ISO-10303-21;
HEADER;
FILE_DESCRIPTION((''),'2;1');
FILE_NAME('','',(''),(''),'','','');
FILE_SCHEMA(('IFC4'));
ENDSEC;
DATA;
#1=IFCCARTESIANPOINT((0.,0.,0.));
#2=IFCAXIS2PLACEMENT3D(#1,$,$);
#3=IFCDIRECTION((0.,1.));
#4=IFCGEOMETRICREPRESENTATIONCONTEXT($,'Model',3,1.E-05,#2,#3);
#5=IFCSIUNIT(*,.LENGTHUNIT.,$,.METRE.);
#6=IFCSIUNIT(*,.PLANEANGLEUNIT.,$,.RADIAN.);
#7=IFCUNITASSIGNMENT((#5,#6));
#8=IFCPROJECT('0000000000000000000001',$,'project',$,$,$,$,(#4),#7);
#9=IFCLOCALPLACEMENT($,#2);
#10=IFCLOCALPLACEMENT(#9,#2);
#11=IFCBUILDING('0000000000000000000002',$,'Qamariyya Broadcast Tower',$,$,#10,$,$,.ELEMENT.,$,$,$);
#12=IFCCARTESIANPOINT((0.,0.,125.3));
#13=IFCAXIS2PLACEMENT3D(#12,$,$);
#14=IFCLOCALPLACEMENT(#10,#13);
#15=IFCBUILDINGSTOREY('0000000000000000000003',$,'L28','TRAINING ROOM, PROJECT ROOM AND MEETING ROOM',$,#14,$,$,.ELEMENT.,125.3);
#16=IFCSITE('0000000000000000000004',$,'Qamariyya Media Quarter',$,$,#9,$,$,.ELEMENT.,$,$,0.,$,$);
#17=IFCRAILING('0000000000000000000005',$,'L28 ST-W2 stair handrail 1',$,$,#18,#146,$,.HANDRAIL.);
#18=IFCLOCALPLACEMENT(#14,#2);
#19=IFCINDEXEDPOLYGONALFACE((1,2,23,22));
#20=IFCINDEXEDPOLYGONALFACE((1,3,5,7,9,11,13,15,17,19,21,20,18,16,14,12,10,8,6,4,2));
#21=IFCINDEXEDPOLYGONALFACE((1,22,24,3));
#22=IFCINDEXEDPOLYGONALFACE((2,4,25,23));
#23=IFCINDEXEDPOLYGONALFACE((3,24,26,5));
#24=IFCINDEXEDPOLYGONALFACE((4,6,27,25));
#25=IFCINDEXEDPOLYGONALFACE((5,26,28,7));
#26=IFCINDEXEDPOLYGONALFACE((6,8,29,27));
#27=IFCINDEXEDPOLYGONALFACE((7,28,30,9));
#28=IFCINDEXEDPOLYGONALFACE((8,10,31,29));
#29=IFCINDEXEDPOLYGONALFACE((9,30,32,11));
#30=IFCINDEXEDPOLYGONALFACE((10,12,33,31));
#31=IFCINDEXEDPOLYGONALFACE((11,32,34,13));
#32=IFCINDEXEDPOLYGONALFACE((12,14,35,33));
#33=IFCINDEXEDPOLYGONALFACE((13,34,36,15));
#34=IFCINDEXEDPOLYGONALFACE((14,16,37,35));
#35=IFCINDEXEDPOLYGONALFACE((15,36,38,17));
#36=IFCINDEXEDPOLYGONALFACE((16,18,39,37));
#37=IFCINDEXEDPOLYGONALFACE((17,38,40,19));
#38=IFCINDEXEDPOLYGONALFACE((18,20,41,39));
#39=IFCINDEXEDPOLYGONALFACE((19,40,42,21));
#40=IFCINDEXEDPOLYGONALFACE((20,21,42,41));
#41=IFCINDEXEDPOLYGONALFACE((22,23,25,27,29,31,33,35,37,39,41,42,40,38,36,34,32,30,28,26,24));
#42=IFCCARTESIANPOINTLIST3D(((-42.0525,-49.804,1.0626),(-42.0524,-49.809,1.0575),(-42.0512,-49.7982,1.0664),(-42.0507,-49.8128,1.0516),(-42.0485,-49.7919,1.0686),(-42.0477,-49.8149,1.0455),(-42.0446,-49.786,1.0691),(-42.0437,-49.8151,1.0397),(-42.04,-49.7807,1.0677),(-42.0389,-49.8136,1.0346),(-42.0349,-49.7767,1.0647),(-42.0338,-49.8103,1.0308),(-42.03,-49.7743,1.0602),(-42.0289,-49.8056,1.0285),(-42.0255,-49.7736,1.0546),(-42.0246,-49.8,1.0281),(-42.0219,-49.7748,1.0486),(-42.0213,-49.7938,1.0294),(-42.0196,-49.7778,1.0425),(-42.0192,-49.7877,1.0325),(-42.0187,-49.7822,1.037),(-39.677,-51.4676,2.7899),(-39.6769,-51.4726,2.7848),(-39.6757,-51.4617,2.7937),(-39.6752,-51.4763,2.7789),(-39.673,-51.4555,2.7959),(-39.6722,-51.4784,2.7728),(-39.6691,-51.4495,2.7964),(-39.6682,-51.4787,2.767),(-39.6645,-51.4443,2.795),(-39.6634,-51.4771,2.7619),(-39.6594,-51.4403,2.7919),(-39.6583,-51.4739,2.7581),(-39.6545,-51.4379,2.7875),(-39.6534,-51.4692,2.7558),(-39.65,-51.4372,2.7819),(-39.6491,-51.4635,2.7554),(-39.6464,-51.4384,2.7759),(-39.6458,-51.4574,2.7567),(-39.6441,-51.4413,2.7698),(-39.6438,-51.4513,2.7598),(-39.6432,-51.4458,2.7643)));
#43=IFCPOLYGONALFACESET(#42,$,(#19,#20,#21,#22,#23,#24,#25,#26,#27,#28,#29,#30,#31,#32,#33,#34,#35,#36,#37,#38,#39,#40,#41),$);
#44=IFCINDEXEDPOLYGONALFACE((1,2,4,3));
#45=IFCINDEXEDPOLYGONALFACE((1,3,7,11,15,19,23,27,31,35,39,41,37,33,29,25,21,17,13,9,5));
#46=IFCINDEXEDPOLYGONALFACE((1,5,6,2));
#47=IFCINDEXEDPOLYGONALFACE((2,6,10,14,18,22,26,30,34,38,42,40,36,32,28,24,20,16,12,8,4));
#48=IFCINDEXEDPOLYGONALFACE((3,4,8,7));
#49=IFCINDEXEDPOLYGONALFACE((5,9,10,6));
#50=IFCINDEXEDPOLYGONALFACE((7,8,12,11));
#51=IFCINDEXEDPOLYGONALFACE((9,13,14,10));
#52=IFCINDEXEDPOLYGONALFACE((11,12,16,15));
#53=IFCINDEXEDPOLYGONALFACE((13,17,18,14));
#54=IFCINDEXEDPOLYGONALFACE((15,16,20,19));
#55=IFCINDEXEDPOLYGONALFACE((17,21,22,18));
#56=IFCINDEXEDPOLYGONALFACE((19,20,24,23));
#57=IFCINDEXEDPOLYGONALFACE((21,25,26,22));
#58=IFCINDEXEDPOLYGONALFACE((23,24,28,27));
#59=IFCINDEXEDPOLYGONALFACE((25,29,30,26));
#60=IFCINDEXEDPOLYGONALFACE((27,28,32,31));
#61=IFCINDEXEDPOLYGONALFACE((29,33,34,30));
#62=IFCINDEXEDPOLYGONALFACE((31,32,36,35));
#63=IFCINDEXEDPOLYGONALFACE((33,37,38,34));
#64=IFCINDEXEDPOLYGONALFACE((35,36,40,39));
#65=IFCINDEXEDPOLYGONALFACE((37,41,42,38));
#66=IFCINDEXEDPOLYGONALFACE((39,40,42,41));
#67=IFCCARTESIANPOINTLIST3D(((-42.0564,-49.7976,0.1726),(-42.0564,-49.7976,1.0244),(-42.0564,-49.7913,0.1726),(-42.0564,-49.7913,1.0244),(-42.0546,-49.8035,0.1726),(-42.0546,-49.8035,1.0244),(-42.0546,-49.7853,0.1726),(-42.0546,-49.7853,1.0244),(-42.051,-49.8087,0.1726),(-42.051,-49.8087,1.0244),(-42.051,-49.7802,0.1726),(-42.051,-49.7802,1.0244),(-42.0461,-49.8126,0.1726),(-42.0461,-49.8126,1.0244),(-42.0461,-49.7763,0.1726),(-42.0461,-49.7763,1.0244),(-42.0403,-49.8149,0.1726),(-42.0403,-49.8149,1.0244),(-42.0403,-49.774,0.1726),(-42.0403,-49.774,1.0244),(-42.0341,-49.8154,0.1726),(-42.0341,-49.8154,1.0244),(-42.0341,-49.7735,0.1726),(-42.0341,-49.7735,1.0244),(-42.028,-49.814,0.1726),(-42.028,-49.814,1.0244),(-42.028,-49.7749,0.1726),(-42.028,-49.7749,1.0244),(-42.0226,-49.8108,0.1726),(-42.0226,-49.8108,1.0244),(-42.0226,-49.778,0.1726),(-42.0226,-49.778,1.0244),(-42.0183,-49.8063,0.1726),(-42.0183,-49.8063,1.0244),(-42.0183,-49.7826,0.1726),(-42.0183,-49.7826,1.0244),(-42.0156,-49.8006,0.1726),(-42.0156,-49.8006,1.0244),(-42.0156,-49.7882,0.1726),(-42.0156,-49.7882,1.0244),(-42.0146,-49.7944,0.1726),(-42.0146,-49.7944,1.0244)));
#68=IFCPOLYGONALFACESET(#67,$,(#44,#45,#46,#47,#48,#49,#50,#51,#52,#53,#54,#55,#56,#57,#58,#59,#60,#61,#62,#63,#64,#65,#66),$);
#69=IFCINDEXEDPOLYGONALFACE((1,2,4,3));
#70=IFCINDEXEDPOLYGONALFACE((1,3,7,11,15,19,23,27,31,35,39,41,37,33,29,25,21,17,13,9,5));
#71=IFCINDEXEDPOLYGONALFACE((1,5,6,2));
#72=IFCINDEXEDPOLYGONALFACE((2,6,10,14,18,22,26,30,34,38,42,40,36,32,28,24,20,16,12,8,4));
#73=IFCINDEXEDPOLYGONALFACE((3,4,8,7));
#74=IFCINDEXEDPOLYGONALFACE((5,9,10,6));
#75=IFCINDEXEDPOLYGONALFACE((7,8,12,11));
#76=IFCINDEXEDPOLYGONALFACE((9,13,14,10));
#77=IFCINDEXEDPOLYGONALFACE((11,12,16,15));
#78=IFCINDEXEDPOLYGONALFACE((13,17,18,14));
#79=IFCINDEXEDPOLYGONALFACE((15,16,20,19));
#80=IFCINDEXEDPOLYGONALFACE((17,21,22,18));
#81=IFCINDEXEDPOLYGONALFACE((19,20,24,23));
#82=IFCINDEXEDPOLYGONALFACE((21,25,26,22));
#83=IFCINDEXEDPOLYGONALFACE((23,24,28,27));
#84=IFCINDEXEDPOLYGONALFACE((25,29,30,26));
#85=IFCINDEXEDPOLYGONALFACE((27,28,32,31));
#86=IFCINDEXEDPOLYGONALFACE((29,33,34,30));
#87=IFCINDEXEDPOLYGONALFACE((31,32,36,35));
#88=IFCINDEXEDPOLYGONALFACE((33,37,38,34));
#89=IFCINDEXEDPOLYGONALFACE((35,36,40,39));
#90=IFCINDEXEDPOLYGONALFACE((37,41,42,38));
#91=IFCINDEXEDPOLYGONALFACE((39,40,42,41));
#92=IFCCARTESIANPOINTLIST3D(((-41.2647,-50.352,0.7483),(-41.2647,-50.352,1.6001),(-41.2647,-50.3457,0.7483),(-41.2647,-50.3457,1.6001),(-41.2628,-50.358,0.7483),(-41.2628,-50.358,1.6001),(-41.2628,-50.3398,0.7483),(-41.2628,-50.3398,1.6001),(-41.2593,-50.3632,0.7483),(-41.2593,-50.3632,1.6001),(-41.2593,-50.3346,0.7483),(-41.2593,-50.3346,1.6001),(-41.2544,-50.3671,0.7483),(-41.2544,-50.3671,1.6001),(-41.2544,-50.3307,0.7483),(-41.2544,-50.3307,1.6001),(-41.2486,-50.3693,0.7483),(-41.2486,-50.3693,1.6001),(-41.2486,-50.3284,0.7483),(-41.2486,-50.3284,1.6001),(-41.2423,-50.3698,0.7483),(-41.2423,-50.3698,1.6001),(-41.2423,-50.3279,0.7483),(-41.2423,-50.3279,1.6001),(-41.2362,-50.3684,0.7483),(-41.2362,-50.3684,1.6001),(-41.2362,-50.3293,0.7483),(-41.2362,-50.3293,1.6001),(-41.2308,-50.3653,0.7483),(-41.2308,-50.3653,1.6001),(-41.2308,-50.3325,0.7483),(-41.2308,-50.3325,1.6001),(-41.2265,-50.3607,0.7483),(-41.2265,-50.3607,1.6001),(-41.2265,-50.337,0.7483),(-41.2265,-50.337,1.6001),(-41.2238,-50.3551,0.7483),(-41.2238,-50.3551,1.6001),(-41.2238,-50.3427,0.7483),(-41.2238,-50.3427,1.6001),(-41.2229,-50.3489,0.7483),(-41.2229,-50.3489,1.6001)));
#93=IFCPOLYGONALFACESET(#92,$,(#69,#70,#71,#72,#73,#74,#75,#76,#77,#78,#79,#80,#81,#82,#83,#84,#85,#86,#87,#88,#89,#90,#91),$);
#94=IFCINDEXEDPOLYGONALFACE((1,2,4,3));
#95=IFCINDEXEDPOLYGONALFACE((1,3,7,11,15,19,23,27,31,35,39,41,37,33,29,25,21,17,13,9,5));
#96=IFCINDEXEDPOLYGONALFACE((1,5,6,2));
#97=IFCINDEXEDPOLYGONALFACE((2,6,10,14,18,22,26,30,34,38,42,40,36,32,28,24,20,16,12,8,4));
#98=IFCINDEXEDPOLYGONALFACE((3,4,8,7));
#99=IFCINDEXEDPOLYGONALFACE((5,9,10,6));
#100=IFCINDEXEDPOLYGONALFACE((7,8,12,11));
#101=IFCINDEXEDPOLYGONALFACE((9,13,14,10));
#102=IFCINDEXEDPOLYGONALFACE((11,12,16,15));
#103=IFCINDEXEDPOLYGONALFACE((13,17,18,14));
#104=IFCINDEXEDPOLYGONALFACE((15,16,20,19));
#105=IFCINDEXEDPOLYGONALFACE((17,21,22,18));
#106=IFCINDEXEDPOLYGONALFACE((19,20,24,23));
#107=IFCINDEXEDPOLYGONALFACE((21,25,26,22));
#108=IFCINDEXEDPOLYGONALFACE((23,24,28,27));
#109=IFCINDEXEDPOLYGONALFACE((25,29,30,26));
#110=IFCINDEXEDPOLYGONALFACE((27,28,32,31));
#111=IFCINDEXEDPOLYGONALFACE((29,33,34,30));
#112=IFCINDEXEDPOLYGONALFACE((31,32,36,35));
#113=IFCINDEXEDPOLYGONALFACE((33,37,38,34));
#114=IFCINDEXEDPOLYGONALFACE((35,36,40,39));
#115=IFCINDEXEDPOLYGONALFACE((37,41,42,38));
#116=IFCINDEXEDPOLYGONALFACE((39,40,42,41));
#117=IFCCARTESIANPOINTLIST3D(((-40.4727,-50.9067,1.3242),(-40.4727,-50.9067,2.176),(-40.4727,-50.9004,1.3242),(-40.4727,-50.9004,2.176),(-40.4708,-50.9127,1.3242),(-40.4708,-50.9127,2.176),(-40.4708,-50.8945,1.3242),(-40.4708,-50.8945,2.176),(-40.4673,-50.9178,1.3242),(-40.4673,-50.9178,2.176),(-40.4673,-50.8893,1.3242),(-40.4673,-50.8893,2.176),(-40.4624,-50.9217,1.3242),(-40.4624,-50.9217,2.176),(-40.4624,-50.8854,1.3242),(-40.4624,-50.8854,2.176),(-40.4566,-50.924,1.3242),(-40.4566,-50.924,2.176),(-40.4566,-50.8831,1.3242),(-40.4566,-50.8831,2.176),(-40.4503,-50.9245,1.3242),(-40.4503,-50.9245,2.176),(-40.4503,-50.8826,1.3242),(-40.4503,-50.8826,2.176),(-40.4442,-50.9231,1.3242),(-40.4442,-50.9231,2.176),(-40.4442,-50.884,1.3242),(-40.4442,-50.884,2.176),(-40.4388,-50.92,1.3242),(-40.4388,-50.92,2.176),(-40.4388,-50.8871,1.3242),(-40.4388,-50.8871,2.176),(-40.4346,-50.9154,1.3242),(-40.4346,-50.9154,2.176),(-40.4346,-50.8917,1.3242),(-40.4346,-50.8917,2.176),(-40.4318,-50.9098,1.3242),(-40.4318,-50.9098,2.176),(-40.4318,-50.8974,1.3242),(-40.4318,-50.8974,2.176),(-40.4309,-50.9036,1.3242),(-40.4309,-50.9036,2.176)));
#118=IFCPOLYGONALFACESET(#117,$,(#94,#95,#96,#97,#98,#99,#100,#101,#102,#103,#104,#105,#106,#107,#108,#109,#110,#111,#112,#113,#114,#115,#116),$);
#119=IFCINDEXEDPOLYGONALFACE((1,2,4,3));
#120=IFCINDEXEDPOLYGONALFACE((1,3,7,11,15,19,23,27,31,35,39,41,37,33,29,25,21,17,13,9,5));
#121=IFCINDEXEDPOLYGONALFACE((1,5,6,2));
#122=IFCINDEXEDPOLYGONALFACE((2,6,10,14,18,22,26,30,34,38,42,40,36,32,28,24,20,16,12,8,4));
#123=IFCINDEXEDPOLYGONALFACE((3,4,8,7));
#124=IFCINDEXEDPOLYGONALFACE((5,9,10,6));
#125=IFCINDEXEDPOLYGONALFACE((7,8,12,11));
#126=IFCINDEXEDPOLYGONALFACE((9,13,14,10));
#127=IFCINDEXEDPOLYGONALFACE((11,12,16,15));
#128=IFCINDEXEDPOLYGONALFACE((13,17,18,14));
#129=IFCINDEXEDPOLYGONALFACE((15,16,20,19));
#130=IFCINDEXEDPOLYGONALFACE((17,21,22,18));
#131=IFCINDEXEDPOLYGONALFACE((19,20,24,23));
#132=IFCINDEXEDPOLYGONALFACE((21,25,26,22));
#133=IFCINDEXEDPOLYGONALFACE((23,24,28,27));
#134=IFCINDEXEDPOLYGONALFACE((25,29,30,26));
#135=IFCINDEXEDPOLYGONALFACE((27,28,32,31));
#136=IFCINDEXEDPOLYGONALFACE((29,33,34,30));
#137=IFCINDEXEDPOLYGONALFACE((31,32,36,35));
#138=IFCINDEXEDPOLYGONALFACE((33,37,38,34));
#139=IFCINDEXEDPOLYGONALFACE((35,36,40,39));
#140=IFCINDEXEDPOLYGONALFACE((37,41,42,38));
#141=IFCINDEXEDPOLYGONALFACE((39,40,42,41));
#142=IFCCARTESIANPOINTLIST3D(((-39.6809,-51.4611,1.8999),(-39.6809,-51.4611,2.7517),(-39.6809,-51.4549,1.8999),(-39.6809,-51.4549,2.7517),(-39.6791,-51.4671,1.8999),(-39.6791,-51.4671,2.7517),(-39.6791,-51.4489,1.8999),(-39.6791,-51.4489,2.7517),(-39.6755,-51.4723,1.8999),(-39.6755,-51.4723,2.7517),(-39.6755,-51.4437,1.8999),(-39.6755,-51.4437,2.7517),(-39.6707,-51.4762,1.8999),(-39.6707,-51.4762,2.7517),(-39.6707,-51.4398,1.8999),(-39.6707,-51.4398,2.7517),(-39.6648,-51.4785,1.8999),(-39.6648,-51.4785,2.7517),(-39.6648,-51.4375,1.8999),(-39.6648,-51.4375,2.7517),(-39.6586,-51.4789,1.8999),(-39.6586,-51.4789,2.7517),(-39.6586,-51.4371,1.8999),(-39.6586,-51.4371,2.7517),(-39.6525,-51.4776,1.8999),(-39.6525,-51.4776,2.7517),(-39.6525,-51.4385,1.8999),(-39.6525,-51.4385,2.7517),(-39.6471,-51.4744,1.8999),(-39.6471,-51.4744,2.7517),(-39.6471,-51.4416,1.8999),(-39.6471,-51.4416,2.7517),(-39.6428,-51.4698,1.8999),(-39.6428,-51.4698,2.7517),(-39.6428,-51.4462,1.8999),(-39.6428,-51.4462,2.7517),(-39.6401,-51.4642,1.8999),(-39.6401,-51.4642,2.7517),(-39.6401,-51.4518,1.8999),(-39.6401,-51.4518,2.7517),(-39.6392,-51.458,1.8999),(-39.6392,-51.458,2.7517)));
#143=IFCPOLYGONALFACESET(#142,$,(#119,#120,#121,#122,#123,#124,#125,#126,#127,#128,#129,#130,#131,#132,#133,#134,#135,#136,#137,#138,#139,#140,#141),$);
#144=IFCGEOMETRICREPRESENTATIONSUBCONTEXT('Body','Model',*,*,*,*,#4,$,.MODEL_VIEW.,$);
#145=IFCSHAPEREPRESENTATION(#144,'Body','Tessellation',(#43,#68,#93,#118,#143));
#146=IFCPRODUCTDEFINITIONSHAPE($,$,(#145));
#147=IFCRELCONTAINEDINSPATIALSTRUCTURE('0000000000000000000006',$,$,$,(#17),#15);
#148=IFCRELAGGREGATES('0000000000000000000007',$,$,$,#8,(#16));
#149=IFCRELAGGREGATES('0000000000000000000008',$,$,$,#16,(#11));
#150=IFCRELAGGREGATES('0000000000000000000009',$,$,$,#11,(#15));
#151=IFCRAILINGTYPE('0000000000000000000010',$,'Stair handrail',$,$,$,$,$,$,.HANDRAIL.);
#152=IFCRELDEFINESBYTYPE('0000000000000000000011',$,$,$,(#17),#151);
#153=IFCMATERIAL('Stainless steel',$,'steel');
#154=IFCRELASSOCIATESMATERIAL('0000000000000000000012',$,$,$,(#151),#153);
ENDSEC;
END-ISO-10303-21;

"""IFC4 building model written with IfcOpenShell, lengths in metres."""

from ifc_helpers import new_model, si_unit, direction, frame, origin, origin_2d, place, context, subcontext, project, spatial, circle, extrude, material, type_object, element, save


model = new_model("IFC4")

# Units and contexts
model_context = context("Model", 3, precision=1e-05, world=origin(), true_north=direction((0.0, 1.0)))
body_context = subcontext(model_context, "Body", "Model", "MODEL_VIEW")
ifc_project = project(units=[si_unit("LENGTHUNIT", "METRE"), si_unit("PLANEANGLEUNIT", "RADIAN")], contexts=[model_context])

# Site, building, storey
site_placement = place(None, origin())
site = spatial("IfcSite", under=ifc_project, at=site_placement, Name="Qamariyya Media Quarter", CompositionType="ELEMENT", RefElevation=0.0)
building_placement = place(site_placement, origin())
building = spatial("IfcBuilding", under=site, at=building_placement, Name="Qamariyya Broadcast Tower", CompositionType="ELEMENT")
storey_placement = place(building_placement, frame((0.0, 0.0, 125.3)))
storey = spatial("IfcBuildingStorey", under=building, at=storey_placement, Name="L28", Description="TRAINING ROOM, PROJECT ROOM AND MEETING ROOM", CompositionType="ELEMENT", Elevation=125.3)

# Railing
ifc_material_1 = material(Name="Stainless steel", Category="steel")
railing_type_1 = type_object("IfcRailingType", Name="Stair handrail", PredefinedType="HANDRAIL", material=ifc_material_1)
railing_1_placement = place(storey_placement, frame((-42.0356, -49.7944, 0.1726)))
element("IfcRailing", 1, at=railing_1_placement, inside=storey, type_object=railing_type_1, Name="L28 ST-W2 stair handrail 1", PredefinedType="HANDRAIL", context=body_context, shape_type="SweptSolid", body=[
    extrude(circle(Radius=0.0239, at=origin_2d()), frame((0.0, 0.0, 0.876), z_axis=(0.703745, -0.492838, 0.511716), x_axis=(0.573632, 0.819113, 0.0)), (0.0, 0.0, 1.0), 3.3755),
    extrude(circle(Radius=0.021, at=origin_2d()), origin(), (0.0, 0.0, 1.0), 0.8518),
    extrude(circle(Radius=0.021, at=origin_2d()), frame((0.7917, -0.5544, 0.5757)), (0.0, 0.0, 1.0), 0.8518),
    extrude(circle(Radius=0.021, at=origin_2d()), frame((1.5837, -1.1091, 1.1516)), (0.0, 0.0, 1.0), 0.8518),
    extrude(circle(Radius=0.021, at=origin_2d()), frame((2.3755, -1.6636, 1.7273)), (0.0, 0.0, 1.0), 0.8518),
])

save(model, "model.ifc")
